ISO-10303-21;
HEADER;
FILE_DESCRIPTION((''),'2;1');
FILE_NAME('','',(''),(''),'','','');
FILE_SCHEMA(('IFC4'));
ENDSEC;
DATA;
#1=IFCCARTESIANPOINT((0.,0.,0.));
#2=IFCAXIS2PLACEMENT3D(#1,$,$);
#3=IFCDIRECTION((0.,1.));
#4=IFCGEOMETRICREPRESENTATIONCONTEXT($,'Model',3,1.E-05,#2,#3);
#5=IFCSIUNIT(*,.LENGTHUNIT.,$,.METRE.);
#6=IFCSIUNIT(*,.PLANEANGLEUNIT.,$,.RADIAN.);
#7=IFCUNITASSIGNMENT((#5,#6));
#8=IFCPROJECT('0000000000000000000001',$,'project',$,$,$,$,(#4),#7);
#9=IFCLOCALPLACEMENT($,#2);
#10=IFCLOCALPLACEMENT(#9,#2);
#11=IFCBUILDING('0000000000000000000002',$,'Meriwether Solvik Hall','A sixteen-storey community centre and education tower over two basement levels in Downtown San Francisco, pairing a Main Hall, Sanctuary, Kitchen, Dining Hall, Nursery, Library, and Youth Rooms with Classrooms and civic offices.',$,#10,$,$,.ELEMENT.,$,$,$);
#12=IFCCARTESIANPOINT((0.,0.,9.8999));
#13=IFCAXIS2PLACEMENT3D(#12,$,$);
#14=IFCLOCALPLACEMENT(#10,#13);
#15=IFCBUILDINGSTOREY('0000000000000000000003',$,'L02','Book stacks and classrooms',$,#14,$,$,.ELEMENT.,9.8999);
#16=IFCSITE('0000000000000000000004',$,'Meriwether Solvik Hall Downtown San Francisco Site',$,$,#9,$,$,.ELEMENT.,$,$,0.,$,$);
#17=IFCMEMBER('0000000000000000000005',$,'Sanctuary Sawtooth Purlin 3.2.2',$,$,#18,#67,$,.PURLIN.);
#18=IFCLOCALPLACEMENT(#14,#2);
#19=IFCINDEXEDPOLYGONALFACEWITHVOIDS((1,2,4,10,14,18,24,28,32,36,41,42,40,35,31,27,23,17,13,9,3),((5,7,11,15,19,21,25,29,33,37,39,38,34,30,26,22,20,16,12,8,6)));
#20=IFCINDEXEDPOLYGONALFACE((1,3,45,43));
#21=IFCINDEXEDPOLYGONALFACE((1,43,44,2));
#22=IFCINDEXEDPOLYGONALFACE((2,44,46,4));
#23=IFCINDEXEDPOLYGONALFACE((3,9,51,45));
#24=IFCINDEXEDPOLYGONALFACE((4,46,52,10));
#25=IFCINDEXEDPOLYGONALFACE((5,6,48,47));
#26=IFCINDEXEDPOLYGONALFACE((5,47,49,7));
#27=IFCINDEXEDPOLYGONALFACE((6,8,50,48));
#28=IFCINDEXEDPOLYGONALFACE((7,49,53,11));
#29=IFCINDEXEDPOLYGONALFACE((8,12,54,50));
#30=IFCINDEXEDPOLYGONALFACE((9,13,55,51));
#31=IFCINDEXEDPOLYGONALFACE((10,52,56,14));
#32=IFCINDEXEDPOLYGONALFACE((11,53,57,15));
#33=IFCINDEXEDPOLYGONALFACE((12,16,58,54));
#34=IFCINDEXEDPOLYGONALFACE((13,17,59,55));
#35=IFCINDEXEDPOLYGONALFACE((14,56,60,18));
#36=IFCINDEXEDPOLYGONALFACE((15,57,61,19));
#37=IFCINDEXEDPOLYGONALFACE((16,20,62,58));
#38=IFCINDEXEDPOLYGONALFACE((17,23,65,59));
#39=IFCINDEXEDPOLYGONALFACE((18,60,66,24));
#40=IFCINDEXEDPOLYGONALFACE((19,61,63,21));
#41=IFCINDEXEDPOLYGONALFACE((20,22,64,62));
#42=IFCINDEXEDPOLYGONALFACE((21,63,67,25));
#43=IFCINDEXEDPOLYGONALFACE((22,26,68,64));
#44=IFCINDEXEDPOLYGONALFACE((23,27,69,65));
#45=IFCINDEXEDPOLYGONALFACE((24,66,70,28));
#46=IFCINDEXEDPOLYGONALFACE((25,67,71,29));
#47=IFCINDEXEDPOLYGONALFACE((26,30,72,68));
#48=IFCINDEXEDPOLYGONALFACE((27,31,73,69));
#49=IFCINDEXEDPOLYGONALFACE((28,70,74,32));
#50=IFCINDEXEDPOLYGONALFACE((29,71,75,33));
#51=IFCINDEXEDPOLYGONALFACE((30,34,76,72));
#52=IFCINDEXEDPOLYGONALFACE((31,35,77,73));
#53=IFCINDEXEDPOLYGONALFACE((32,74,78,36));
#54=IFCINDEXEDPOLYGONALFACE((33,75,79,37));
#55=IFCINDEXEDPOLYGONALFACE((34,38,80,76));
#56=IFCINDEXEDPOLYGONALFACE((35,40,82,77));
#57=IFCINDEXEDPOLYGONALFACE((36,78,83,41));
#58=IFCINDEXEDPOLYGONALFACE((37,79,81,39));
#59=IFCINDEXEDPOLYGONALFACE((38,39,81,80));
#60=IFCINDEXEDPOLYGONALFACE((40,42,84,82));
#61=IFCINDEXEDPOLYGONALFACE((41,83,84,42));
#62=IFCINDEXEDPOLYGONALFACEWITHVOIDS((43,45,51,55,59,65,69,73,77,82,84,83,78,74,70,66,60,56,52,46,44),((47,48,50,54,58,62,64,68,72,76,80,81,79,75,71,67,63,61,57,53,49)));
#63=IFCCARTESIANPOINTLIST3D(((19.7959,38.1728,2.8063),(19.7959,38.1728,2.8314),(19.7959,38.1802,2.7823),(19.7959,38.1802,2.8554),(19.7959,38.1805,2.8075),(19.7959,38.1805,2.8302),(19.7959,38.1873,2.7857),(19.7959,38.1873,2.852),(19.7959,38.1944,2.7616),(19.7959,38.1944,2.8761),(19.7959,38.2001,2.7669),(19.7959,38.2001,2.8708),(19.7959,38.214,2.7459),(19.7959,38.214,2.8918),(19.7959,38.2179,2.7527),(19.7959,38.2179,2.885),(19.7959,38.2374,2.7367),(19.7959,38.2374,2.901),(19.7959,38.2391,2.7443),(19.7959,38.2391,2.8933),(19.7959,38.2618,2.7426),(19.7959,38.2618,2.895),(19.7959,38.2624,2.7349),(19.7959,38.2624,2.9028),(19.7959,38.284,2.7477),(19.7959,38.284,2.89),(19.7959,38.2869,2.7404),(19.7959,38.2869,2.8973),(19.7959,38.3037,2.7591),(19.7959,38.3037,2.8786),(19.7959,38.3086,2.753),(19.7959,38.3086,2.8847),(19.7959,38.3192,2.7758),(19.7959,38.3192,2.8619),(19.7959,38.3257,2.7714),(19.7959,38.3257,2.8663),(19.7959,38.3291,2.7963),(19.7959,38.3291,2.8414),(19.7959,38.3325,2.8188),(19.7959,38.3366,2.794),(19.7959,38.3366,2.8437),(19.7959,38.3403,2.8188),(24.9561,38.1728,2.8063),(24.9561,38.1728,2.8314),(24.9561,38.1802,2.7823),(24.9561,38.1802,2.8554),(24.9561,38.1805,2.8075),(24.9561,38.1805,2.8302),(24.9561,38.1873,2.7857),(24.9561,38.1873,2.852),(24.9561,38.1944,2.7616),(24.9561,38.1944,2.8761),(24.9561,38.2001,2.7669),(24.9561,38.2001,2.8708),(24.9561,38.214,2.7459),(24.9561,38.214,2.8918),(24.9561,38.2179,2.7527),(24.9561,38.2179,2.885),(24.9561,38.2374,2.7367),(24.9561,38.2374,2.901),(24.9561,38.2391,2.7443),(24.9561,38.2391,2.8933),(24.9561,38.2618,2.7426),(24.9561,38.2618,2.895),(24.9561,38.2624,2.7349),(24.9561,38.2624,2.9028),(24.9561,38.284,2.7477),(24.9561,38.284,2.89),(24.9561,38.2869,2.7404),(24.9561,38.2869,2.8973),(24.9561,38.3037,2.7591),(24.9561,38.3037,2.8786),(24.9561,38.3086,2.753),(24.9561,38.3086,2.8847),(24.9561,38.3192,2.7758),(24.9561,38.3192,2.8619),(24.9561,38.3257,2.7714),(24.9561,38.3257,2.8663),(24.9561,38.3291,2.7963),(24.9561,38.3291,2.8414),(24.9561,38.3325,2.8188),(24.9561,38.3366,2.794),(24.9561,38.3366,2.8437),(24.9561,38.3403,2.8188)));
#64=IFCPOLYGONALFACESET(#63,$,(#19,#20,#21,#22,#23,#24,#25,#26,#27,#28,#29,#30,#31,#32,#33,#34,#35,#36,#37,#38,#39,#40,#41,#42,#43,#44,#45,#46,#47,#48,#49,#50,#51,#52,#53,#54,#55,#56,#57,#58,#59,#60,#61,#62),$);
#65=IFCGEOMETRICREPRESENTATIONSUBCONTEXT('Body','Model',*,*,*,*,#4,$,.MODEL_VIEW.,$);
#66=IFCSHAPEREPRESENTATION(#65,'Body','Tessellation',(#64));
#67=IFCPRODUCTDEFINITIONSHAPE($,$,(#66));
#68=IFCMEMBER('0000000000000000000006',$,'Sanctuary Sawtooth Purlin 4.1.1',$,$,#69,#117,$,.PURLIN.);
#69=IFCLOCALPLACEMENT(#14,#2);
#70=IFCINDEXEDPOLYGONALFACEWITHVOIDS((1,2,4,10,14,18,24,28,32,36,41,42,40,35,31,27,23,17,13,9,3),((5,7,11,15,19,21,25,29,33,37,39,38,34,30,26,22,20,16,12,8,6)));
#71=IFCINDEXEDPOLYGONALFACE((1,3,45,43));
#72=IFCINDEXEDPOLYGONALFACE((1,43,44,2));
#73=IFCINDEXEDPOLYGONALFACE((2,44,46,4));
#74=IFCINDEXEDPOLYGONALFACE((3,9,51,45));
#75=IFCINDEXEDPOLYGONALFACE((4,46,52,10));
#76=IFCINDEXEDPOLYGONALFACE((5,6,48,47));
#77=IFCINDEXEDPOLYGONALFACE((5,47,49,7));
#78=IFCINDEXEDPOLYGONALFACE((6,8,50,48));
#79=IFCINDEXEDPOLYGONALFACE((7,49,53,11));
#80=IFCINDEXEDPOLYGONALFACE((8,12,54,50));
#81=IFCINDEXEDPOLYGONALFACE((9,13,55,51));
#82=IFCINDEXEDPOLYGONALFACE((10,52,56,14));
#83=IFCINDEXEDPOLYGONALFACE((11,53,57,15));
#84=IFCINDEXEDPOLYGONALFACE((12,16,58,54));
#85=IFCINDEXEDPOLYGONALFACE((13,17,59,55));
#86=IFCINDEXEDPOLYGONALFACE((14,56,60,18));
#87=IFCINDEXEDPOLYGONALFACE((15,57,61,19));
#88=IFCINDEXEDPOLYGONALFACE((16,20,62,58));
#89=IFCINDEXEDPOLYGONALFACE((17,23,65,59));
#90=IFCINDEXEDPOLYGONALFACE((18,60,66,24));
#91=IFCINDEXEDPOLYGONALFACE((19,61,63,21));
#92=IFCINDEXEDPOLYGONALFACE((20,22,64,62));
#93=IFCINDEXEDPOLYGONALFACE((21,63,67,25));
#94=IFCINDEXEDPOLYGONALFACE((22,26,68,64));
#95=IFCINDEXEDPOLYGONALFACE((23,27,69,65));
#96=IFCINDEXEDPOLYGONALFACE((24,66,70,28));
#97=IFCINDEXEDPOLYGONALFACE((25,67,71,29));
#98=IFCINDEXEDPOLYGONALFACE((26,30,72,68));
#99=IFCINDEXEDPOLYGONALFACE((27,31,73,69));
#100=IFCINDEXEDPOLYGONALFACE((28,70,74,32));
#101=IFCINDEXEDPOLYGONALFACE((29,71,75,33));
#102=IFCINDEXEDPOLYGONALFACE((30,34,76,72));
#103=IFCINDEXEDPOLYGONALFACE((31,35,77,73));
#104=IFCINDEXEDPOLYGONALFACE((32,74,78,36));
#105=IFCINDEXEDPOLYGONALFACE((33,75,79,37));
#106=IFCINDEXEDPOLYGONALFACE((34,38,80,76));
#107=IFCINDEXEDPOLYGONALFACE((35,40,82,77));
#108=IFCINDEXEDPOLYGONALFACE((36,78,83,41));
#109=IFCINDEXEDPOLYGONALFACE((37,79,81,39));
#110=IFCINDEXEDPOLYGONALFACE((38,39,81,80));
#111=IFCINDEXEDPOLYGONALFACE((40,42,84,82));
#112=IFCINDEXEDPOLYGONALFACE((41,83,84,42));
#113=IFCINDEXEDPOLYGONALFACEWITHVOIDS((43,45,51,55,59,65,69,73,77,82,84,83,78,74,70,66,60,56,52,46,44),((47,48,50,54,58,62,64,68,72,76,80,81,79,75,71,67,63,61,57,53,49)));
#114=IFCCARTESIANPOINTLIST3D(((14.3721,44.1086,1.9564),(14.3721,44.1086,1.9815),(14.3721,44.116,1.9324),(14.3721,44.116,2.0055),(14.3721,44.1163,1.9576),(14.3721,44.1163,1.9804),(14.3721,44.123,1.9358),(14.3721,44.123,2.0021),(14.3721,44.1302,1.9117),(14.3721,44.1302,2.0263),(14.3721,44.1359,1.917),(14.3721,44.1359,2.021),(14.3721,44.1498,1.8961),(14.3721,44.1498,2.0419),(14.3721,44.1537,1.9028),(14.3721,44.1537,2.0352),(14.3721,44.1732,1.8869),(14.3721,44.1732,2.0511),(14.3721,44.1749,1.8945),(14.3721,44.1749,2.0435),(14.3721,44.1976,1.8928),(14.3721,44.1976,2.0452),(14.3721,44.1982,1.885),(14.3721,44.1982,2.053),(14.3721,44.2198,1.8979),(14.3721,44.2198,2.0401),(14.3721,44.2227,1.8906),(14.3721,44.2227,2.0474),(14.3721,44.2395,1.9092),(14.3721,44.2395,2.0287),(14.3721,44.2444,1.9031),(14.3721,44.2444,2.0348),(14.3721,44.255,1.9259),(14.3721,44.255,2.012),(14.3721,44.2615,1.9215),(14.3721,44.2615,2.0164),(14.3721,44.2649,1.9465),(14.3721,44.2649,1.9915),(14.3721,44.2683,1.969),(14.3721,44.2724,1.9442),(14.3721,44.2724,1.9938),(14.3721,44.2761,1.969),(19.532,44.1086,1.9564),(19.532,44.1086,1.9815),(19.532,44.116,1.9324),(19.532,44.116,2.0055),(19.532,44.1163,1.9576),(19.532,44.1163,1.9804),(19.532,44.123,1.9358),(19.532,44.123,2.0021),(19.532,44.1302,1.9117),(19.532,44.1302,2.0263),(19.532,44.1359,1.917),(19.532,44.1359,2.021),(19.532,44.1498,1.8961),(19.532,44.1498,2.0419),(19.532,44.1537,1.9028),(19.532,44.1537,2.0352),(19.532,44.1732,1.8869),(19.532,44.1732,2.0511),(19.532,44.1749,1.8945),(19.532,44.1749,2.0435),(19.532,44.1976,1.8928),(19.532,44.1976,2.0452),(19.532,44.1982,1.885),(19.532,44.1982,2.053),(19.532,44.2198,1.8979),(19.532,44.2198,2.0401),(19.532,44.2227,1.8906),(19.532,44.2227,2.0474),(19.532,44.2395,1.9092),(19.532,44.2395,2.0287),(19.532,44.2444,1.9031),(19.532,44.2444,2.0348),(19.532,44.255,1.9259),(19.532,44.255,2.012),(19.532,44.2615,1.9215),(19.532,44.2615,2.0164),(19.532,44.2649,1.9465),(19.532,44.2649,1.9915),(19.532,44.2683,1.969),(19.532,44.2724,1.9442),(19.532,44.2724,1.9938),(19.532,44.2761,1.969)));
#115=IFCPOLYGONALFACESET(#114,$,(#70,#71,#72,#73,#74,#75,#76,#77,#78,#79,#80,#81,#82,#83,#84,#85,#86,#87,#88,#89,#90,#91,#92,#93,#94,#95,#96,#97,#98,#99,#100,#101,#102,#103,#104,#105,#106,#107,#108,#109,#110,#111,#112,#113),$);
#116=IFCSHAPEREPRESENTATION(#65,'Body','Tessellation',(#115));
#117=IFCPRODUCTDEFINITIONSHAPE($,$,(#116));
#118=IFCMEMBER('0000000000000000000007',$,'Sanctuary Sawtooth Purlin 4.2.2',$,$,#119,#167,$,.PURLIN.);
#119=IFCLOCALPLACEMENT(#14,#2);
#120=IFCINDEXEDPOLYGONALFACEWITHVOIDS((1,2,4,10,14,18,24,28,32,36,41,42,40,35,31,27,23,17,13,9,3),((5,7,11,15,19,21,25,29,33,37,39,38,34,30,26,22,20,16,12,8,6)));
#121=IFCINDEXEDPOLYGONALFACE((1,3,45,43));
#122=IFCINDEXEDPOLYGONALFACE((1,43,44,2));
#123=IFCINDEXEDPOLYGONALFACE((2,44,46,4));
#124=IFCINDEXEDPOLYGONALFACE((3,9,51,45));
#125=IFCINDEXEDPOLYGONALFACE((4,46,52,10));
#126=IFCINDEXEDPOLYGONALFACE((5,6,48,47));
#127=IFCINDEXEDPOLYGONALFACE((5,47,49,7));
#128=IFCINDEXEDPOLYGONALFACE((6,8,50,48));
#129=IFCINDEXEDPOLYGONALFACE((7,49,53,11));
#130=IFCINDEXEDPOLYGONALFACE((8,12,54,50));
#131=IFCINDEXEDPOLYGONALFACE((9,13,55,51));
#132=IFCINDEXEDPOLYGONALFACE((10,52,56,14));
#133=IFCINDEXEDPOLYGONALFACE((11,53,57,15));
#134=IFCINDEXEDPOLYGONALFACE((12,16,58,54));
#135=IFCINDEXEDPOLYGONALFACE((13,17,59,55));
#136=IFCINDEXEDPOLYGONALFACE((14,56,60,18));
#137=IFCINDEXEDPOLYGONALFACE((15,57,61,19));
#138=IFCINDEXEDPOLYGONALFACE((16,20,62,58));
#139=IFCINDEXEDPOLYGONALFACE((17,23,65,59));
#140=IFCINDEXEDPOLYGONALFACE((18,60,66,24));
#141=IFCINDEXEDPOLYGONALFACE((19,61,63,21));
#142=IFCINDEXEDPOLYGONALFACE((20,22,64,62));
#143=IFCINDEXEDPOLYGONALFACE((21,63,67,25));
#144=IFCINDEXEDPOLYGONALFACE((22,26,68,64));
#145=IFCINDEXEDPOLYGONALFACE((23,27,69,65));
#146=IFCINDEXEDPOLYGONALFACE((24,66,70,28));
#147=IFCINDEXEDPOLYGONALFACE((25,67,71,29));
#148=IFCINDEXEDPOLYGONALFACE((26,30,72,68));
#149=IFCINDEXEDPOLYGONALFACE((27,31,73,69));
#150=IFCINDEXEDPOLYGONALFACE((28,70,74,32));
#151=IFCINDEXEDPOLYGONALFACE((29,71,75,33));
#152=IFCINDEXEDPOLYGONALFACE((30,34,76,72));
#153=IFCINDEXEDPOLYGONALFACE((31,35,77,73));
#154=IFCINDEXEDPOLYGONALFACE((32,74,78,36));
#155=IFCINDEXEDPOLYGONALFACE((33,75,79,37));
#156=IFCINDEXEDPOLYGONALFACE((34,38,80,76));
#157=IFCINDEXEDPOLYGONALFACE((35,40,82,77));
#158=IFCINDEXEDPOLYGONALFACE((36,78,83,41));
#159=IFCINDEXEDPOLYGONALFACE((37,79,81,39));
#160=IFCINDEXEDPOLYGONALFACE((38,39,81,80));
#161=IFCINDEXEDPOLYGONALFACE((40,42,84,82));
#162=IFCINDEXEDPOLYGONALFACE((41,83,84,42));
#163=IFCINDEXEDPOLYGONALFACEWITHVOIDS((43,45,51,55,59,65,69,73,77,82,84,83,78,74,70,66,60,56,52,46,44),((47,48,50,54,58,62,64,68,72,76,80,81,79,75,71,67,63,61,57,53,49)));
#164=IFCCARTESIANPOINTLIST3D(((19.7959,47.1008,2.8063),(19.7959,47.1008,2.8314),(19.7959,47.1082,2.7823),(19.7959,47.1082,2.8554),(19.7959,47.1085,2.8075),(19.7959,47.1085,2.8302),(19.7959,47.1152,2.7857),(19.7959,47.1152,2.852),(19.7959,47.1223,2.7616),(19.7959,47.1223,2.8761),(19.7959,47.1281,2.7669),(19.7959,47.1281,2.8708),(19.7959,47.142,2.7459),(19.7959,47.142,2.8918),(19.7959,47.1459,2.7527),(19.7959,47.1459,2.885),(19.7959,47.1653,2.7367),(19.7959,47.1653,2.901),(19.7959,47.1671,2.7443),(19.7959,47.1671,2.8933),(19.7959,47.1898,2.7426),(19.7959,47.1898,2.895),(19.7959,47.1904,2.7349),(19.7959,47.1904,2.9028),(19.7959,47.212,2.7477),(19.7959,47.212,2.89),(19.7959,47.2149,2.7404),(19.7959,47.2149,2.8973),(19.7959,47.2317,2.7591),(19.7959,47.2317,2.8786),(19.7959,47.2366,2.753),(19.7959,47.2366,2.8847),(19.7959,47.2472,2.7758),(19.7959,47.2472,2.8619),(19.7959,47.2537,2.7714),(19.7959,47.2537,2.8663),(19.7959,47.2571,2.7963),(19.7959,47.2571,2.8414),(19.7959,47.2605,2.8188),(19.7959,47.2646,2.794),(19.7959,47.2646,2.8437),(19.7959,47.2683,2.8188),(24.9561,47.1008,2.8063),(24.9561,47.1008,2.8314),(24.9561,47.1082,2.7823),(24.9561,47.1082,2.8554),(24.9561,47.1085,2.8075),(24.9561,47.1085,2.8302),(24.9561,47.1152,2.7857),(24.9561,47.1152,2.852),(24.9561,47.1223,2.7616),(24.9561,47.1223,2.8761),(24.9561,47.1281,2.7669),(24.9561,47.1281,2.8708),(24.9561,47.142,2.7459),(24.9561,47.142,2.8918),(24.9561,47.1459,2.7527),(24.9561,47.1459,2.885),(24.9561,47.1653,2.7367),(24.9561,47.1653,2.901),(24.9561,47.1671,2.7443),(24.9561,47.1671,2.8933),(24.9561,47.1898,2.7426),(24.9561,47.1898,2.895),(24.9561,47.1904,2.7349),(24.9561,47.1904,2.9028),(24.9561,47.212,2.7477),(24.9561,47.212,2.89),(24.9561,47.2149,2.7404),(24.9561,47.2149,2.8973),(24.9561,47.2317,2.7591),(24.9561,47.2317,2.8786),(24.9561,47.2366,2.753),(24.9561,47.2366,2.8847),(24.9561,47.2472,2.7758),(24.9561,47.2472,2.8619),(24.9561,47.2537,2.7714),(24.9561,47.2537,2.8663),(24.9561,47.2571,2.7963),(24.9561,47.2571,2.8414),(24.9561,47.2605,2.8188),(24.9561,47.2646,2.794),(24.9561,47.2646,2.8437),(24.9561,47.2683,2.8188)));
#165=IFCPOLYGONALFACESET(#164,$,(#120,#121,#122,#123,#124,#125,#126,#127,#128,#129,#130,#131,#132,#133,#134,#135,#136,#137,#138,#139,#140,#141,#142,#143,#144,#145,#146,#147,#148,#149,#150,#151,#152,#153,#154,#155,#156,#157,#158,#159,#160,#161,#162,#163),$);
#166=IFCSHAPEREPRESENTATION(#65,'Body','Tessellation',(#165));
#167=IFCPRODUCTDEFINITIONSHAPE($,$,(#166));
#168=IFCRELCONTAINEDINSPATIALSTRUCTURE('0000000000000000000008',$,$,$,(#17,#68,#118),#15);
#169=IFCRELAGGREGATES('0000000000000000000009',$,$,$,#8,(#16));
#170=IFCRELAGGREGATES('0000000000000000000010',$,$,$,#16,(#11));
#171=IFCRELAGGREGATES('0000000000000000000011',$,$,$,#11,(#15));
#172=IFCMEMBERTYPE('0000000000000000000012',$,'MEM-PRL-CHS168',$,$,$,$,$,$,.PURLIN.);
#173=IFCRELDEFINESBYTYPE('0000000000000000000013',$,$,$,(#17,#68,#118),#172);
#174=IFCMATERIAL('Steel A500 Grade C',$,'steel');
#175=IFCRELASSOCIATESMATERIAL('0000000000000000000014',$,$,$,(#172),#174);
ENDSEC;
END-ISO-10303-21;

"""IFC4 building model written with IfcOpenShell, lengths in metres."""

from ifc_helpers import new_model, si_unit, direction, frame, origin, origin_2d, place, context, subcontext, project, spatial, hollow_circle, extrude, material, material_profile, profile_set, type_object, element, save


model = new_model("IFC4")

# Units and contexts
model_context = context("Model", 3, precision=1e-05, world=origin(), true_north=direction((0.0, 1.0)))
body_context = subcontext(model_context, "Body", "Model", "MODEL_VIEW")
ifc_project = project(units=[si_unit("LENGTHUNIT", "METRE"), si_unit("PLANEANGLEUNIT", "RADIAN")], contexts=[model_context])

# Site, building, storey
site_placement = place(None, origin())
site = spatial("IfcSite", under=ifc_project, at=site_placement, Name="Meriwether Solvik Hall Downtown San Francisco Site", CompositionType="ELEMENT", RefElevation=0.0)
building_placement = place(site_placement, origin())
building = spatial("IfcBuilding", under=site, at=building_placement, Name="Meriwether Solvik Hall", Description="A sixteen-storey community centre and education tower over two basement levels in Downtown San Francisco, pairing a Main Hall, Sanctuary, Kitchen, Dining Hall, Nursery, Library, and Youth Rooms with Classrooms and civic offices.", CompositionType="ELEMENT")
storey_placement = place(building_placement, frame((0.0, 0.0, 9.8999)))
storey = spatial("IfcBuildingStorey", under=building, at=storey_placement, Name="L02", Description="Book stacks and classrooms", CompositionType="ELEMENT", Elevation=9.8999)

# Members
ifc_material_1 = material(Name="Steel A500 Grade C", Category="steel")
ifc_material_profile_1 = material_profile(ifc_material_1, hollow_circle(Radius=0.0842, WallThickness=0.0078, at=origin_2d()), Name="CHS168X7.9")
ifc_profile_set_1 = profile_set([ifc_material_profile_1], Name="Steel A500 Grade C")
member_type_1 = type_object("IfcMemberType", Name="MEM-PRL-CHS168", PredefinedType="PURLIN", material=ifc_profile_set_1)
member_1_placement = place(storey_placement, frame((19.7959, 38.2561, 2.8188), z_axis=(1.0, 0.0, 0.0), x_axis=(0.0, 1.0, 0.0)))
element("IfcMember", 1, at=member_1_placement, inside=storey, type_object=member_type_1, Name="Sanctuary Sawtooth Purlin 3.2.2", PredefinedType="PURLIN", context=body_context, shape_type="SweptSolid", body=[
    extrude(hollow_circle(Radius=0.0842, WallThickness=0.0078, at=origin_2d()), origin(), (0.0, 0.0, 1.0), 5.1602),
])
member_2_placement = place(storey_placement, frame((14.3721, 44.1919, 1.969), z_axis=(1.0, 0.0, 0.0), x_axis=(0.0, 1.0, 0.0)))
element("IfcMember", 2, at=member_2_placement, inside=storey, type_object=member_type_1, Name="Sanctuary Sawtooth Purlin 4.1.1", PredefinedType="PURLIN", context=body_context, shape_type="SweptSolid", body=[
    extrude(hollow_circle(Radius=0.0842, WallThickness=0.0078, at=origin_2d()), origin(), (0.0, 0.0, 1.0), 5.1599),
])
member_3_placement = place(storey_placement, frame((19.7959, 47.1841, 2.8188), z_axis=(1.0, 0.0, 0.0), x_axis=(0.0, 1.0, 0.0)))
element("IfcMember", 3, at=member_3_placement, inside=storey, type_object=member_type_1, Name="Sanctuary Sawtooth Purlin 4.2.2", PredefinedType="PURLIN", context=body_context, shape_type="SweptSolid", body=[
    extrude(hollow_circle(Radius=0.0842, WallThickness=0.0078, at=origin_2d()), origin(), (0.0, 0.0, 1.0), 5.1602),
])

save(model, "model.ifc")
